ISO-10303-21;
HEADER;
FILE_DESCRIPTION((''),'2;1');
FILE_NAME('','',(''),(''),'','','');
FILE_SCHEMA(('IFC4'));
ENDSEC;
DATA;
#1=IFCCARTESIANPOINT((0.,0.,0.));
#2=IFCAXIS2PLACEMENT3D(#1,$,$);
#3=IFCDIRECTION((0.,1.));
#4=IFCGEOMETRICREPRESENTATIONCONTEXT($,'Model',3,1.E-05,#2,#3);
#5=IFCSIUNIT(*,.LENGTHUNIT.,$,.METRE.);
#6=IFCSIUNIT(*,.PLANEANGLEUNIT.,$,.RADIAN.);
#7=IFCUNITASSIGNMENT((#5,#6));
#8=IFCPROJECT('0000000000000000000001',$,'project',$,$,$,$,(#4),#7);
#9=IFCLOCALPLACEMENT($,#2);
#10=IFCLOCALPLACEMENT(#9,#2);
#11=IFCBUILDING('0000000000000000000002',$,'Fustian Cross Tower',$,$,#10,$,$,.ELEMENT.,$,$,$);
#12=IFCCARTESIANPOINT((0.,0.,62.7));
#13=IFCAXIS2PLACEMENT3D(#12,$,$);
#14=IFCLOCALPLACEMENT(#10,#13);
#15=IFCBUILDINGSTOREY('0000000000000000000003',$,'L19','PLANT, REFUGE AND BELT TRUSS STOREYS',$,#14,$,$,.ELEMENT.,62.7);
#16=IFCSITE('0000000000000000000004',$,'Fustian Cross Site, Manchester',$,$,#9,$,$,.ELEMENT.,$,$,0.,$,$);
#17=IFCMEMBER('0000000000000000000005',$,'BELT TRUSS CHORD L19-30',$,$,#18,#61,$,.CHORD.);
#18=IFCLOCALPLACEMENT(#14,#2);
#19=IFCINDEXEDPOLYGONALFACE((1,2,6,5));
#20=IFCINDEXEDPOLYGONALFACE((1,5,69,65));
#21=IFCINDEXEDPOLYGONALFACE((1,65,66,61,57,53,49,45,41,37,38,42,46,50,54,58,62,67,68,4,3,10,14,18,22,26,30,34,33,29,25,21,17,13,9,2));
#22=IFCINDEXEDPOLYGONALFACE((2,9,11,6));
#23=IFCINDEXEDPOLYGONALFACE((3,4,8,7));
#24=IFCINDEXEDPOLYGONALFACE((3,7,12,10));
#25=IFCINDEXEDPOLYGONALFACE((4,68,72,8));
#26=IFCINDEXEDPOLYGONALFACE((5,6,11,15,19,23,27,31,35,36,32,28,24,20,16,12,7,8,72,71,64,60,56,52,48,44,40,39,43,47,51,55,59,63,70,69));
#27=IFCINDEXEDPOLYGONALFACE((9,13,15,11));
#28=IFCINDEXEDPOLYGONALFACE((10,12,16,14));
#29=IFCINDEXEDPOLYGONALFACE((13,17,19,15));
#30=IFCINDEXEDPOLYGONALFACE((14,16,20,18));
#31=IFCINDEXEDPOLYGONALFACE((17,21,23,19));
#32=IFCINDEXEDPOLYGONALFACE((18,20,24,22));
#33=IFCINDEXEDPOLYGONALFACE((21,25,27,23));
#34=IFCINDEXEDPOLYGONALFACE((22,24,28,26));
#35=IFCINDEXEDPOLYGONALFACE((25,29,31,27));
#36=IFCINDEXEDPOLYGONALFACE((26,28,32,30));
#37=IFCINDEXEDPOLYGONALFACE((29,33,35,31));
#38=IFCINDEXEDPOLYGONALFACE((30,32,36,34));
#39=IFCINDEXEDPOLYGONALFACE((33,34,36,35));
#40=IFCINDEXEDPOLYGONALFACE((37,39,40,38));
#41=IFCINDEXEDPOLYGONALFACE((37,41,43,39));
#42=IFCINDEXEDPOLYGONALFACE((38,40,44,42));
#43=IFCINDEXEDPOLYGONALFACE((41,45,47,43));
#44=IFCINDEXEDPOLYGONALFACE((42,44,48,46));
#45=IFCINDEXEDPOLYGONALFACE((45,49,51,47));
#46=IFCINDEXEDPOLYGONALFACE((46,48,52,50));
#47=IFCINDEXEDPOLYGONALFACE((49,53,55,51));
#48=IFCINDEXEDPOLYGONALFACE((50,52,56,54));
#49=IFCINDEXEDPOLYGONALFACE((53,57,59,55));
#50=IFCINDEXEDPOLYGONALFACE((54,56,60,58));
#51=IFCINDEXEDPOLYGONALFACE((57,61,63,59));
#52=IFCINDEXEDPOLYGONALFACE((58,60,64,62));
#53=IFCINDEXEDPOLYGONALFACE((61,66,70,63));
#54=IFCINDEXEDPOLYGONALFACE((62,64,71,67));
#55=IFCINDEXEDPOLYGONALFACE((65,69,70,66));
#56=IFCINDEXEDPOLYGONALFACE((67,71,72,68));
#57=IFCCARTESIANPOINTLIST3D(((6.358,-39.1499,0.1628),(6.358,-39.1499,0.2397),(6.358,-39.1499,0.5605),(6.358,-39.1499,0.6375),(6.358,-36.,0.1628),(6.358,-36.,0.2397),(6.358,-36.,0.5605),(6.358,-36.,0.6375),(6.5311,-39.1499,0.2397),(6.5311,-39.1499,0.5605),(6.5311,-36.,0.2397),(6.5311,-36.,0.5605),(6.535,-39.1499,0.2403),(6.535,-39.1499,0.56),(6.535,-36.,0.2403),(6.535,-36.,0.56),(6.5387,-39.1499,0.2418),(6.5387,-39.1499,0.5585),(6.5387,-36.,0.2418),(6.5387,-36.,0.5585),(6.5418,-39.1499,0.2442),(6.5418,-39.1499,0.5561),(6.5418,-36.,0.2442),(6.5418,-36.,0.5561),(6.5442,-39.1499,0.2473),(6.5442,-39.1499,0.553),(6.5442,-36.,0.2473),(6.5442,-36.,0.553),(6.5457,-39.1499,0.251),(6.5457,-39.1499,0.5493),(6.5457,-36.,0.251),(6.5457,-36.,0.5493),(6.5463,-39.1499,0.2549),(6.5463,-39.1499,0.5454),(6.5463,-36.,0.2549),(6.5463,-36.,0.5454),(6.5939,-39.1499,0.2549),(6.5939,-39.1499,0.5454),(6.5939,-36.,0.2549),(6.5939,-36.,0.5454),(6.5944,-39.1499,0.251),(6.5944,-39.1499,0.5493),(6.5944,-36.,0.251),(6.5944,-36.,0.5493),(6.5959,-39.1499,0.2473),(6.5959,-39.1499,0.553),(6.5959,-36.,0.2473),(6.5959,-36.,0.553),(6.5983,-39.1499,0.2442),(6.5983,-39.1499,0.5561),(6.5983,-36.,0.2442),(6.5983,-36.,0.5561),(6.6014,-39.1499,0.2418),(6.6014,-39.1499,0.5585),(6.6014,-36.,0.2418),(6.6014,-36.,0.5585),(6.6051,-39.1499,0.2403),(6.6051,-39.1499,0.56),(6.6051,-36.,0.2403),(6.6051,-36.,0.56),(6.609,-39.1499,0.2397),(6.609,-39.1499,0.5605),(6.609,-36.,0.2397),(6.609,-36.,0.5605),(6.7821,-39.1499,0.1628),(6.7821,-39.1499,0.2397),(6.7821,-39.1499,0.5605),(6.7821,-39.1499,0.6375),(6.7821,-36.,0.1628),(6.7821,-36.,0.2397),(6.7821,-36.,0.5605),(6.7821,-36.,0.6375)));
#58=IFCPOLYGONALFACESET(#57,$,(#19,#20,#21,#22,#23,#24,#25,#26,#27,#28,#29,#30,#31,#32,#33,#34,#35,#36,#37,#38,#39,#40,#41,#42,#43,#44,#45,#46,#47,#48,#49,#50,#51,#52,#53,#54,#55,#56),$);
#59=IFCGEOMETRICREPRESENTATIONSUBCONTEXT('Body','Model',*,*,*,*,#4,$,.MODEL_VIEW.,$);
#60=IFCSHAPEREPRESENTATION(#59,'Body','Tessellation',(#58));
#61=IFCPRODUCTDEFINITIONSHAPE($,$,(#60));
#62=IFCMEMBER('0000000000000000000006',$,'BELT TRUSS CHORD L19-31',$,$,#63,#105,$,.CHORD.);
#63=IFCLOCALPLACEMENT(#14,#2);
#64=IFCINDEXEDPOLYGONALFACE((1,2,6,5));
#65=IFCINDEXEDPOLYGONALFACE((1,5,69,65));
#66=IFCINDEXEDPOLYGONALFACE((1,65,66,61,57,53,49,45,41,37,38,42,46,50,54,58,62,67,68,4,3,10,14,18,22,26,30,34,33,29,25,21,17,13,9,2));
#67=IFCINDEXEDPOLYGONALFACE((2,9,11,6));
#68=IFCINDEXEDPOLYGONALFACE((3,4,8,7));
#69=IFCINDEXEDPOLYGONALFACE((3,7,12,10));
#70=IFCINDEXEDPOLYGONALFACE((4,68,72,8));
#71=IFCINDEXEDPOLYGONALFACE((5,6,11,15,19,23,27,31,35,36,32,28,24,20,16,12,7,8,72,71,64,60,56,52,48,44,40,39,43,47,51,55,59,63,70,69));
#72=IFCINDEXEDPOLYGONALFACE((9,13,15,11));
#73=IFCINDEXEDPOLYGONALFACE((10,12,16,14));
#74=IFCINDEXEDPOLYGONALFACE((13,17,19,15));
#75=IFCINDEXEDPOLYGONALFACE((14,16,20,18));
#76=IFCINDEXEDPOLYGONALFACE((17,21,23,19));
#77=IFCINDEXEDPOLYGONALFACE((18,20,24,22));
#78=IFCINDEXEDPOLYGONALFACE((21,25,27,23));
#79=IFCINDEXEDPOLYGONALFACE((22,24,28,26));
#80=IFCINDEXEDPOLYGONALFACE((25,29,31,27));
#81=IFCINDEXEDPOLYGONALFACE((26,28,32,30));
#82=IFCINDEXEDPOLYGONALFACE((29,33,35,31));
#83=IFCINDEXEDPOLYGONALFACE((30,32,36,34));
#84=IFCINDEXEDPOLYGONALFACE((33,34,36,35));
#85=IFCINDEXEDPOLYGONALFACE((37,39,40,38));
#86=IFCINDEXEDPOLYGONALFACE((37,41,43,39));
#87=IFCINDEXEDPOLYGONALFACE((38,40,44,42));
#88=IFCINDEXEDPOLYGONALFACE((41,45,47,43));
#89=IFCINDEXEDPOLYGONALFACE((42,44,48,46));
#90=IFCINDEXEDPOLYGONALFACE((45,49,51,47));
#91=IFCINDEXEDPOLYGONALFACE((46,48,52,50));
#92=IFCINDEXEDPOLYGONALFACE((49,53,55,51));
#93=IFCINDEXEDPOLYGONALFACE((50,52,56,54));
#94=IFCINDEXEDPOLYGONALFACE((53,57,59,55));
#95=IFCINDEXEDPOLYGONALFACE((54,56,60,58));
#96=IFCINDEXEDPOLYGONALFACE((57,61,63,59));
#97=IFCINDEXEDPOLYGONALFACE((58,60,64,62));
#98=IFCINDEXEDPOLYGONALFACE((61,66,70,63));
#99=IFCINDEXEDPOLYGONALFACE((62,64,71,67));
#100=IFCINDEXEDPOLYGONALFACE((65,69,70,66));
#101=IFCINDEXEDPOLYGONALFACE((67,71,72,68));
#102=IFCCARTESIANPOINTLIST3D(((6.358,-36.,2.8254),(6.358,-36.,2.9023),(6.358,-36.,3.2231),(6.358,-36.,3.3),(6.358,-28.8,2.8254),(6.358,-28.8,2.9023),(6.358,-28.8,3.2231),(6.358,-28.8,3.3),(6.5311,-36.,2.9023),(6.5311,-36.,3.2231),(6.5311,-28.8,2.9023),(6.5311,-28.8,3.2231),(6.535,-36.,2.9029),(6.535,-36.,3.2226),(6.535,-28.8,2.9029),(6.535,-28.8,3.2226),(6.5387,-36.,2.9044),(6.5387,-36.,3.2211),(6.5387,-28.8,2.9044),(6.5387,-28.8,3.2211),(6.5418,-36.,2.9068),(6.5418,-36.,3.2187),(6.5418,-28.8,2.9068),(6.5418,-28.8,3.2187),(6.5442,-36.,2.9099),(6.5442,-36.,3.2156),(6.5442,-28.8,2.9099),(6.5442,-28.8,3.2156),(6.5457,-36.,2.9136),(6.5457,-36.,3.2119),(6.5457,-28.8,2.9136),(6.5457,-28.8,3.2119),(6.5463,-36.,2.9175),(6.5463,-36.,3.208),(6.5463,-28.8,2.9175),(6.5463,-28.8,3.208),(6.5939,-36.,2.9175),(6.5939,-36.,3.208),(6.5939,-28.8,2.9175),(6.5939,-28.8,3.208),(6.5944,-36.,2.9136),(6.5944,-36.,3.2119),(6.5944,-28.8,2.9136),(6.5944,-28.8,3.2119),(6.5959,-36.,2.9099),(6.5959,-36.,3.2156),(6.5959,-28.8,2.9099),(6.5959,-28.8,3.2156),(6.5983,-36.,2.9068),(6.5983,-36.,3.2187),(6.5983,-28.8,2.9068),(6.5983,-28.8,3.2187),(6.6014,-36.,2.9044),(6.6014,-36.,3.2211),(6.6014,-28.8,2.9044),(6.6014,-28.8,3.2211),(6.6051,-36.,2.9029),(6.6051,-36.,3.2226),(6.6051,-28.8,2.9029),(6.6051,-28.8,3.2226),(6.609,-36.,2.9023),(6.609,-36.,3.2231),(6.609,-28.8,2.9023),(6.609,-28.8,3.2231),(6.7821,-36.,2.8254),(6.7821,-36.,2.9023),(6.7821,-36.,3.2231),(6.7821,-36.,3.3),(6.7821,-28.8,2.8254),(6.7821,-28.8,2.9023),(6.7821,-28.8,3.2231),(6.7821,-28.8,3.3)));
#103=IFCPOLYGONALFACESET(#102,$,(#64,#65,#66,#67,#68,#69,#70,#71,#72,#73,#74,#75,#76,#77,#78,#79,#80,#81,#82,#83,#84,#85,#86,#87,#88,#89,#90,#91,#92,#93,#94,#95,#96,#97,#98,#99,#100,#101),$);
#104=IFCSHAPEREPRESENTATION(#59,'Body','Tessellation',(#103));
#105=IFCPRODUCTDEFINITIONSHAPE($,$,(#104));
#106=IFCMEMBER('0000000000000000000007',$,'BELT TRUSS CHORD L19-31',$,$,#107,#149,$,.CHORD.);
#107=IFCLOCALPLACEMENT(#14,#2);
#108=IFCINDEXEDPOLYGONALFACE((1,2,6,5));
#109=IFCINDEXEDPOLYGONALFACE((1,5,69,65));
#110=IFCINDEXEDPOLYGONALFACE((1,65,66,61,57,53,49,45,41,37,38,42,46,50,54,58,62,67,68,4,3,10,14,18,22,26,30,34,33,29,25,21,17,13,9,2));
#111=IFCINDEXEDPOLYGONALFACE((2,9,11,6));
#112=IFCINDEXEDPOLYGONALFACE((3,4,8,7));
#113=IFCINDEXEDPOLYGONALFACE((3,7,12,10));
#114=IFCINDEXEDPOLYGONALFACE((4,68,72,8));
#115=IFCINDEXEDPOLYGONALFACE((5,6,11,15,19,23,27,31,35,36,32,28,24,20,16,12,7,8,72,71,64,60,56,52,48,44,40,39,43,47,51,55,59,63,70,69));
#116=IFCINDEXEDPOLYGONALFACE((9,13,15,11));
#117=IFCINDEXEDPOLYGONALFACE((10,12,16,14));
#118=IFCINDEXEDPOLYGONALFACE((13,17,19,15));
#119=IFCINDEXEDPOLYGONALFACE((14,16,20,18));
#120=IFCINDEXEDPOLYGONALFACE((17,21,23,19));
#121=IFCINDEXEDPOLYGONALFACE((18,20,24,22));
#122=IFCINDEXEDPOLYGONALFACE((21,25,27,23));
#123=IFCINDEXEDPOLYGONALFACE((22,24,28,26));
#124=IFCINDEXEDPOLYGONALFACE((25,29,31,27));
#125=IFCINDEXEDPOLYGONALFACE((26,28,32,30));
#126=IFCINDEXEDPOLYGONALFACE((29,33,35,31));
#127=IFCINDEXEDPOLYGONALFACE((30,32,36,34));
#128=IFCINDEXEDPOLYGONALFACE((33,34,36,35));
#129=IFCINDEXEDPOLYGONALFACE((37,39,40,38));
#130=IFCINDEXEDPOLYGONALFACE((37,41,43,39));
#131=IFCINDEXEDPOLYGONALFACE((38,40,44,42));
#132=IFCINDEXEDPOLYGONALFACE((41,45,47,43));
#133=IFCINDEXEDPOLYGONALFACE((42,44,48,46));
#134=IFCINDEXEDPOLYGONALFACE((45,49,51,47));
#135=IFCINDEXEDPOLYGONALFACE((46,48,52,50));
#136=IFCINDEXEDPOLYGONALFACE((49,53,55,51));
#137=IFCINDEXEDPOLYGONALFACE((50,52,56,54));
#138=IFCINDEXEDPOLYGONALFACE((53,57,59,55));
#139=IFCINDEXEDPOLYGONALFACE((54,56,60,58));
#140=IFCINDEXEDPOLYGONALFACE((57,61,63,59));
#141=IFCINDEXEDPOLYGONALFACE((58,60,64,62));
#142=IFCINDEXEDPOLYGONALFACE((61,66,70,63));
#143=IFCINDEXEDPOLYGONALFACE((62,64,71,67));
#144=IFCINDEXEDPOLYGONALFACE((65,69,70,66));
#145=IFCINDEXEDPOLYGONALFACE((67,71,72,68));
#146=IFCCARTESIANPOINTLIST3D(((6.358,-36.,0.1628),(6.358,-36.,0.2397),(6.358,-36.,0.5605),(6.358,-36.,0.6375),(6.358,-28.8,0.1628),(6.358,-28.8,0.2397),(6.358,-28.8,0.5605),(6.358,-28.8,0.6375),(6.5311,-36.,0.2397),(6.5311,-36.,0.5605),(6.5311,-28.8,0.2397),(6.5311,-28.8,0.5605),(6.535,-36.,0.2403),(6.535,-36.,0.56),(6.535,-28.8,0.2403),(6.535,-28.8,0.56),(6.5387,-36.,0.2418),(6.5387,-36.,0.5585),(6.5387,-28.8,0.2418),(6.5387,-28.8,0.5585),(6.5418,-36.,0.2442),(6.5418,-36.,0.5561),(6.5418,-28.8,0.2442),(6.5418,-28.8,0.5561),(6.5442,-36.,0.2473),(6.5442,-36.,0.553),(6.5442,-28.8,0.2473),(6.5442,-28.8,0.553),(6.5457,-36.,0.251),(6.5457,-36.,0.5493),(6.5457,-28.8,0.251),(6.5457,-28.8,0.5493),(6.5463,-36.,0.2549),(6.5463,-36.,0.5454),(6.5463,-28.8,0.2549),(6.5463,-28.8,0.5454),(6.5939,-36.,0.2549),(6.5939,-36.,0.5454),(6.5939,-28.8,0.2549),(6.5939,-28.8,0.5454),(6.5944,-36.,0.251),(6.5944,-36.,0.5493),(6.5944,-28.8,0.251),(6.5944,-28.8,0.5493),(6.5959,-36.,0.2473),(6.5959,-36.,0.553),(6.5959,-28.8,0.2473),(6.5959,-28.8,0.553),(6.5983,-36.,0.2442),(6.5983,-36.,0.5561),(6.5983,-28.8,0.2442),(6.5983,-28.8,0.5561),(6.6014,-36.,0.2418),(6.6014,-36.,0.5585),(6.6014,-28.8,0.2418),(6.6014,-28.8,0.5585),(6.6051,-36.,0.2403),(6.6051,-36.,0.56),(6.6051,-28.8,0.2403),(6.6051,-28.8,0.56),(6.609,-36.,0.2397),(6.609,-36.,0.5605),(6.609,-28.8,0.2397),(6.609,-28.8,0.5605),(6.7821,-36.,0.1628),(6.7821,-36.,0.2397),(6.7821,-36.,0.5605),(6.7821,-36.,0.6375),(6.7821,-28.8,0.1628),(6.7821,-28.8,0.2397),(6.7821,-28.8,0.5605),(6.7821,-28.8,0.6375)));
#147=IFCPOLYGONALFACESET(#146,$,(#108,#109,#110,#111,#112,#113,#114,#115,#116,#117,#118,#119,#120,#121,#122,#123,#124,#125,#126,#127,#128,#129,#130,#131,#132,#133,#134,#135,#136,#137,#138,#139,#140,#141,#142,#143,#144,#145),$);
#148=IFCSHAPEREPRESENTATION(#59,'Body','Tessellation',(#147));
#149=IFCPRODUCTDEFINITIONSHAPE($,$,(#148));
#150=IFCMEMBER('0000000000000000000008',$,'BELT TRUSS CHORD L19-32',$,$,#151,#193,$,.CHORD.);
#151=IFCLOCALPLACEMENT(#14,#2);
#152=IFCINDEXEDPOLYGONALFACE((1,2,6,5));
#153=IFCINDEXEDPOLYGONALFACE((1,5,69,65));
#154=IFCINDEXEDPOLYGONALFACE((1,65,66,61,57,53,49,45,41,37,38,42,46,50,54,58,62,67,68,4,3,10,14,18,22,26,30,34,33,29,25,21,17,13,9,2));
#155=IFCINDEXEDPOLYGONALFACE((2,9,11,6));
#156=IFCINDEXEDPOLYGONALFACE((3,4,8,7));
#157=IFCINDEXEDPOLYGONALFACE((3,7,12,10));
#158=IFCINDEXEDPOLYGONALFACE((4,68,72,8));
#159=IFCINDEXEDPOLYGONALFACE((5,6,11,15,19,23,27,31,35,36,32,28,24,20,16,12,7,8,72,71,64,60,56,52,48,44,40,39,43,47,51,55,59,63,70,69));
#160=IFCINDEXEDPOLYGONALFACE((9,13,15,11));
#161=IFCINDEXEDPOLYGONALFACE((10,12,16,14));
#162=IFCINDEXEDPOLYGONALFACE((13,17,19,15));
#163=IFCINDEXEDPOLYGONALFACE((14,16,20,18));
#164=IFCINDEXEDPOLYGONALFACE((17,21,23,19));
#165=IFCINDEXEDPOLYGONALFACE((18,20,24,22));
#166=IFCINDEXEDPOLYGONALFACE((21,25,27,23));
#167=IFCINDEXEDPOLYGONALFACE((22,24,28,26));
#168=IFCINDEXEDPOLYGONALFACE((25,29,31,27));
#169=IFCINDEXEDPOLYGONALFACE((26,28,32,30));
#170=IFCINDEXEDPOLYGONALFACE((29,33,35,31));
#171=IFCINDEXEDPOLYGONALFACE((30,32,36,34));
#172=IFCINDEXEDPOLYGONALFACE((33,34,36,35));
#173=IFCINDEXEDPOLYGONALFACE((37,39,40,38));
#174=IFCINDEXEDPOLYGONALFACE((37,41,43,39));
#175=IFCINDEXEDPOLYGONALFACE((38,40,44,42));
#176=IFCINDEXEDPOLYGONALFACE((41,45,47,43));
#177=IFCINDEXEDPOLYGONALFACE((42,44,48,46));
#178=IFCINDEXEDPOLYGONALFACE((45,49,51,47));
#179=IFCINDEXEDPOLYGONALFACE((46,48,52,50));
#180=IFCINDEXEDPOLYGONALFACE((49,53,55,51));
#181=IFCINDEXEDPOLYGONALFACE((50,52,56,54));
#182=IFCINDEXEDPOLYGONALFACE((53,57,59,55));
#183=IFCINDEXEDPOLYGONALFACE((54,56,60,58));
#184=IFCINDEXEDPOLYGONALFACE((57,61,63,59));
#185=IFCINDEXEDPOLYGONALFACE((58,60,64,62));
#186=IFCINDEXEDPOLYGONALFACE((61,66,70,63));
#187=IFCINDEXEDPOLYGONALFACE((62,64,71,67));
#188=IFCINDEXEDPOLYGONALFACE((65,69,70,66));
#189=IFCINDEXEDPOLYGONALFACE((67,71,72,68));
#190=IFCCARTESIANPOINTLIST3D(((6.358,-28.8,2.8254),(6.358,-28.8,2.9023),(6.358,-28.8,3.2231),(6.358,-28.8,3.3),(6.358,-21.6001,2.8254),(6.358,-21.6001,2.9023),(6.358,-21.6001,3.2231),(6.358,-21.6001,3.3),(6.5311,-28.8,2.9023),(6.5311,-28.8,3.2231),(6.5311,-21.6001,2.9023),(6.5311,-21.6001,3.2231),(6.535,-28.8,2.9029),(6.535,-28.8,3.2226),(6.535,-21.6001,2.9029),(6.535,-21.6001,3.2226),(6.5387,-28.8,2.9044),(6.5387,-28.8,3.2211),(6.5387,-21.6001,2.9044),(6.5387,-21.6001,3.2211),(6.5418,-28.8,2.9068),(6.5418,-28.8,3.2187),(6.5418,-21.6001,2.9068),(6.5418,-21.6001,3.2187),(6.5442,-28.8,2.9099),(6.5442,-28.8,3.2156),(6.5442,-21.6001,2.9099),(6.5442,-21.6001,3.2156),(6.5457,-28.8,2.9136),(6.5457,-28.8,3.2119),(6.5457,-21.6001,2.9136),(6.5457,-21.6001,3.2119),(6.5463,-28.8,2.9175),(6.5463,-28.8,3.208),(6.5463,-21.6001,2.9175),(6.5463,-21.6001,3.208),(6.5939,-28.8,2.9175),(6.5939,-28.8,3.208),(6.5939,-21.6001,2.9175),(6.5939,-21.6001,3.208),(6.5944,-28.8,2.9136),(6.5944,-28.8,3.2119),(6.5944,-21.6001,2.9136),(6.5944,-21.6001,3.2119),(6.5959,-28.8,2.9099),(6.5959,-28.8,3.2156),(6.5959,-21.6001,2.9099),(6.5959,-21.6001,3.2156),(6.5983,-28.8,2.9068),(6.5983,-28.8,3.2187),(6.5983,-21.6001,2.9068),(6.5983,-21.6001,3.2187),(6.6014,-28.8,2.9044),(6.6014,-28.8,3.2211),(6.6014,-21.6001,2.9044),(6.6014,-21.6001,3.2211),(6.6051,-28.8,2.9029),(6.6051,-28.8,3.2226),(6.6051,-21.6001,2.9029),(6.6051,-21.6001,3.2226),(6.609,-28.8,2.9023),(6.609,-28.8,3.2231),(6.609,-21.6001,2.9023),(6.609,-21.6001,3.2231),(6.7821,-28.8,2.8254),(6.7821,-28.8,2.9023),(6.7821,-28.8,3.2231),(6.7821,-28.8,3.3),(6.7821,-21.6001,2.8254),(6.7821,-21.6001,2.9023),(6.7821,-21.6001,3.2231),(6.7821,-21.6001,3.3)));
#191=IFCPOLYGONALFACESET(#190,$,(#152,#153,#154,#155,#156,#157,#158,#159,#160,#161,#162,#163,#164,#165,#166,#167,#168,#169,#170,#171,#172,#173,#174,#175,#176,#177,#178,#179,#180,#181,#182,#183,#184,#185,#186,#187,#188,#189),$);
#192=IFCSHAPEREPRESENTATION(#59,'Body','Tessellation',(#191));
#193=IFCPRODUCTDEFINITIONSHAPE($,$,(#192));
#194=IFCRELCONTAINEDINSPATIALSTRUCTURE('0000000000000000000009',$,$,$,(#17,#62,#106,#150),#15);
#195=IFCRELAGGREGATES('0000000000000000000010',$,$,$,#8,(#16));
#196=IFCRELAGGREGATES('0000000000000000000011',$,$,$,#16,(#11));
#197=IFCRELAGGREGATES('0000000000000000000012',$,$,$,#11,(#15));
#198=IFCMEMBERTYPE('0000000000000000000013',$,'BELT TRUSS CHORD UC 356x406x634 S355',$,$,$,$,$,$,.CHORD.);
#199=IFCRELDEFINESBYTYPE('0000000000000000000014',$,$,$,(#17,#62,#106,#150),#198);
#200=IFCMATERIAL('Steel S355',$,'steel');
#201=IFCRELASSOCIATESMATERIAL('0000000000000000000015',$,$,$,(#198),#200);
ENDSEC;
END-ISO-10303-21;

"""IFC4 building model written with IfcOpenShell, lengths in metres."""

from ifc_helpers import new_model, si_unit, direction, frame, origin, origin_2d, place, context, subcontext, project, spatial, i_section, extrude, material, material_profile, profile_set, type_object, element, save


model = new_model("IFC4")

# Units and contexts
model_context = context("Model", 3, precision=1e-05, world=origin(), true_north=direction((0.0, 1.0)))
body_context = subcontext(model_context, "Body", "Model", "MODEL_VIEW")
ifc_project = project(units=[si_unit("LENGTHUNIT", "METRE"), si_unit("PLANEANGLEUNIT", "RADIAN")], contexts=[model_context])

# Site, building, storey
site_placement = place(None, origin())
site = spatial("IfcSite", under=ifc_project, at=site_placement, Name="Fustian Cross Site, Manchester", CompositionType="ELEMENT", RefElevation=0.0)
building_placement = place(site_placement, origin())
building = spatial("IfcBuilding", under=site, at=building_placement, Name="Fustian Cross Tower", CompositionType="ELEMENT")
storey_placement = place(building_placement, frame((0.0, 0.0, 62.7)))
storey = spatial("IfcBuildingStorey", under=building, at=storey_placement, Name="L19", Description="PLANT, REFUGE AND BELT TRUSS STOREYS", CompositionType="ELEMENT", Elevation=62.7)

# Members
ifc_material_1 = material(Name="Steel S355", Category="steel")
ifc_material_profile_1 = material_profile(ifc_material_1, i_section(OverallWidth=0.4241, OverallDepth=0.4746, WebThickness=0.0476, FlangeThickness=0.0769, FilletRadius=0.0151, at=origin_2d()), Name="UC 356x406x634")
ifc_profile_set_1 = profile_set([ifc_material_profile_1], Name="Steel S355")
member_type_1 = type_object("IfcMemberType", Name="BELT TRUSS CHORD UC 356x406x634 S355", PredefinedType="CHORD", material=ifc_profile_set_1)
for number, where, z_axis, x_axis, name in (
    (1, (6.5701, -39.1499, 0.4001), (0.0, 1.0, 0.0), (-1.0, 0.0, 0.0), "BELT TRUSS CHORD L19-30"),
):
    element("IfcMember", number, at=place(storey_placement, frame(where, z_axis=z_axis, x_axis=x_axis)), inside=storey, type_object=member_type_1, Name=name, PredefinedType="CHORD", context=body_context, shape_type="SweptSolid", body=[
        extrude(i_section(OverallWidth=0.4241, OverallDepth=0.4746, WebThickness=0.0476, FlangeThickness=0.0769, FilletRadius=0.0151, at=origin_2d()), origin(), (0.0, 0.0, 1.0), 3.1499),
    ])
for number, where, z_axis, x_axis, name in (
    (2, (6.5701, -36.0, 3.0627), (0.0, 1.0, 0.0), (-1.0, 0.0, 0.0), "BELT TRUSS CHORD L19-31"),
    (3, (6.5701, -36.0, 0.4001), (0.0, 1.0, 0.0), (-1.0, 0.0, 0.0), "BELT TRUSS CHORD L19-31"),
    (4, (6.5701, -28.8, 3.0627), (0.0, 1.0, 0.0), (-1.0, 0.0, 0.0), "BELT TRUSS CHORD L19-32"),
):
    element("IfcMember", number, at=place(storey_placement, frame(where, z_axis=z_axis, x_axis=x_axis)), inside=storey, type_object=member_type_1, Name=name, PredefinedType="CHORD", context=body_context, shape_type="SweptSolid", body=[
        extrude(i_section(OverallWidth=0.4241, OverallDepth=0.4746, WebThickness=0.0476, FlangeThickness=0.0769, FilletRadius=0.0151, at=origin_2d()), origin(), (0.0, 0.0, 1.0), 7.2),
    ])

save(model, "model.ifc")
